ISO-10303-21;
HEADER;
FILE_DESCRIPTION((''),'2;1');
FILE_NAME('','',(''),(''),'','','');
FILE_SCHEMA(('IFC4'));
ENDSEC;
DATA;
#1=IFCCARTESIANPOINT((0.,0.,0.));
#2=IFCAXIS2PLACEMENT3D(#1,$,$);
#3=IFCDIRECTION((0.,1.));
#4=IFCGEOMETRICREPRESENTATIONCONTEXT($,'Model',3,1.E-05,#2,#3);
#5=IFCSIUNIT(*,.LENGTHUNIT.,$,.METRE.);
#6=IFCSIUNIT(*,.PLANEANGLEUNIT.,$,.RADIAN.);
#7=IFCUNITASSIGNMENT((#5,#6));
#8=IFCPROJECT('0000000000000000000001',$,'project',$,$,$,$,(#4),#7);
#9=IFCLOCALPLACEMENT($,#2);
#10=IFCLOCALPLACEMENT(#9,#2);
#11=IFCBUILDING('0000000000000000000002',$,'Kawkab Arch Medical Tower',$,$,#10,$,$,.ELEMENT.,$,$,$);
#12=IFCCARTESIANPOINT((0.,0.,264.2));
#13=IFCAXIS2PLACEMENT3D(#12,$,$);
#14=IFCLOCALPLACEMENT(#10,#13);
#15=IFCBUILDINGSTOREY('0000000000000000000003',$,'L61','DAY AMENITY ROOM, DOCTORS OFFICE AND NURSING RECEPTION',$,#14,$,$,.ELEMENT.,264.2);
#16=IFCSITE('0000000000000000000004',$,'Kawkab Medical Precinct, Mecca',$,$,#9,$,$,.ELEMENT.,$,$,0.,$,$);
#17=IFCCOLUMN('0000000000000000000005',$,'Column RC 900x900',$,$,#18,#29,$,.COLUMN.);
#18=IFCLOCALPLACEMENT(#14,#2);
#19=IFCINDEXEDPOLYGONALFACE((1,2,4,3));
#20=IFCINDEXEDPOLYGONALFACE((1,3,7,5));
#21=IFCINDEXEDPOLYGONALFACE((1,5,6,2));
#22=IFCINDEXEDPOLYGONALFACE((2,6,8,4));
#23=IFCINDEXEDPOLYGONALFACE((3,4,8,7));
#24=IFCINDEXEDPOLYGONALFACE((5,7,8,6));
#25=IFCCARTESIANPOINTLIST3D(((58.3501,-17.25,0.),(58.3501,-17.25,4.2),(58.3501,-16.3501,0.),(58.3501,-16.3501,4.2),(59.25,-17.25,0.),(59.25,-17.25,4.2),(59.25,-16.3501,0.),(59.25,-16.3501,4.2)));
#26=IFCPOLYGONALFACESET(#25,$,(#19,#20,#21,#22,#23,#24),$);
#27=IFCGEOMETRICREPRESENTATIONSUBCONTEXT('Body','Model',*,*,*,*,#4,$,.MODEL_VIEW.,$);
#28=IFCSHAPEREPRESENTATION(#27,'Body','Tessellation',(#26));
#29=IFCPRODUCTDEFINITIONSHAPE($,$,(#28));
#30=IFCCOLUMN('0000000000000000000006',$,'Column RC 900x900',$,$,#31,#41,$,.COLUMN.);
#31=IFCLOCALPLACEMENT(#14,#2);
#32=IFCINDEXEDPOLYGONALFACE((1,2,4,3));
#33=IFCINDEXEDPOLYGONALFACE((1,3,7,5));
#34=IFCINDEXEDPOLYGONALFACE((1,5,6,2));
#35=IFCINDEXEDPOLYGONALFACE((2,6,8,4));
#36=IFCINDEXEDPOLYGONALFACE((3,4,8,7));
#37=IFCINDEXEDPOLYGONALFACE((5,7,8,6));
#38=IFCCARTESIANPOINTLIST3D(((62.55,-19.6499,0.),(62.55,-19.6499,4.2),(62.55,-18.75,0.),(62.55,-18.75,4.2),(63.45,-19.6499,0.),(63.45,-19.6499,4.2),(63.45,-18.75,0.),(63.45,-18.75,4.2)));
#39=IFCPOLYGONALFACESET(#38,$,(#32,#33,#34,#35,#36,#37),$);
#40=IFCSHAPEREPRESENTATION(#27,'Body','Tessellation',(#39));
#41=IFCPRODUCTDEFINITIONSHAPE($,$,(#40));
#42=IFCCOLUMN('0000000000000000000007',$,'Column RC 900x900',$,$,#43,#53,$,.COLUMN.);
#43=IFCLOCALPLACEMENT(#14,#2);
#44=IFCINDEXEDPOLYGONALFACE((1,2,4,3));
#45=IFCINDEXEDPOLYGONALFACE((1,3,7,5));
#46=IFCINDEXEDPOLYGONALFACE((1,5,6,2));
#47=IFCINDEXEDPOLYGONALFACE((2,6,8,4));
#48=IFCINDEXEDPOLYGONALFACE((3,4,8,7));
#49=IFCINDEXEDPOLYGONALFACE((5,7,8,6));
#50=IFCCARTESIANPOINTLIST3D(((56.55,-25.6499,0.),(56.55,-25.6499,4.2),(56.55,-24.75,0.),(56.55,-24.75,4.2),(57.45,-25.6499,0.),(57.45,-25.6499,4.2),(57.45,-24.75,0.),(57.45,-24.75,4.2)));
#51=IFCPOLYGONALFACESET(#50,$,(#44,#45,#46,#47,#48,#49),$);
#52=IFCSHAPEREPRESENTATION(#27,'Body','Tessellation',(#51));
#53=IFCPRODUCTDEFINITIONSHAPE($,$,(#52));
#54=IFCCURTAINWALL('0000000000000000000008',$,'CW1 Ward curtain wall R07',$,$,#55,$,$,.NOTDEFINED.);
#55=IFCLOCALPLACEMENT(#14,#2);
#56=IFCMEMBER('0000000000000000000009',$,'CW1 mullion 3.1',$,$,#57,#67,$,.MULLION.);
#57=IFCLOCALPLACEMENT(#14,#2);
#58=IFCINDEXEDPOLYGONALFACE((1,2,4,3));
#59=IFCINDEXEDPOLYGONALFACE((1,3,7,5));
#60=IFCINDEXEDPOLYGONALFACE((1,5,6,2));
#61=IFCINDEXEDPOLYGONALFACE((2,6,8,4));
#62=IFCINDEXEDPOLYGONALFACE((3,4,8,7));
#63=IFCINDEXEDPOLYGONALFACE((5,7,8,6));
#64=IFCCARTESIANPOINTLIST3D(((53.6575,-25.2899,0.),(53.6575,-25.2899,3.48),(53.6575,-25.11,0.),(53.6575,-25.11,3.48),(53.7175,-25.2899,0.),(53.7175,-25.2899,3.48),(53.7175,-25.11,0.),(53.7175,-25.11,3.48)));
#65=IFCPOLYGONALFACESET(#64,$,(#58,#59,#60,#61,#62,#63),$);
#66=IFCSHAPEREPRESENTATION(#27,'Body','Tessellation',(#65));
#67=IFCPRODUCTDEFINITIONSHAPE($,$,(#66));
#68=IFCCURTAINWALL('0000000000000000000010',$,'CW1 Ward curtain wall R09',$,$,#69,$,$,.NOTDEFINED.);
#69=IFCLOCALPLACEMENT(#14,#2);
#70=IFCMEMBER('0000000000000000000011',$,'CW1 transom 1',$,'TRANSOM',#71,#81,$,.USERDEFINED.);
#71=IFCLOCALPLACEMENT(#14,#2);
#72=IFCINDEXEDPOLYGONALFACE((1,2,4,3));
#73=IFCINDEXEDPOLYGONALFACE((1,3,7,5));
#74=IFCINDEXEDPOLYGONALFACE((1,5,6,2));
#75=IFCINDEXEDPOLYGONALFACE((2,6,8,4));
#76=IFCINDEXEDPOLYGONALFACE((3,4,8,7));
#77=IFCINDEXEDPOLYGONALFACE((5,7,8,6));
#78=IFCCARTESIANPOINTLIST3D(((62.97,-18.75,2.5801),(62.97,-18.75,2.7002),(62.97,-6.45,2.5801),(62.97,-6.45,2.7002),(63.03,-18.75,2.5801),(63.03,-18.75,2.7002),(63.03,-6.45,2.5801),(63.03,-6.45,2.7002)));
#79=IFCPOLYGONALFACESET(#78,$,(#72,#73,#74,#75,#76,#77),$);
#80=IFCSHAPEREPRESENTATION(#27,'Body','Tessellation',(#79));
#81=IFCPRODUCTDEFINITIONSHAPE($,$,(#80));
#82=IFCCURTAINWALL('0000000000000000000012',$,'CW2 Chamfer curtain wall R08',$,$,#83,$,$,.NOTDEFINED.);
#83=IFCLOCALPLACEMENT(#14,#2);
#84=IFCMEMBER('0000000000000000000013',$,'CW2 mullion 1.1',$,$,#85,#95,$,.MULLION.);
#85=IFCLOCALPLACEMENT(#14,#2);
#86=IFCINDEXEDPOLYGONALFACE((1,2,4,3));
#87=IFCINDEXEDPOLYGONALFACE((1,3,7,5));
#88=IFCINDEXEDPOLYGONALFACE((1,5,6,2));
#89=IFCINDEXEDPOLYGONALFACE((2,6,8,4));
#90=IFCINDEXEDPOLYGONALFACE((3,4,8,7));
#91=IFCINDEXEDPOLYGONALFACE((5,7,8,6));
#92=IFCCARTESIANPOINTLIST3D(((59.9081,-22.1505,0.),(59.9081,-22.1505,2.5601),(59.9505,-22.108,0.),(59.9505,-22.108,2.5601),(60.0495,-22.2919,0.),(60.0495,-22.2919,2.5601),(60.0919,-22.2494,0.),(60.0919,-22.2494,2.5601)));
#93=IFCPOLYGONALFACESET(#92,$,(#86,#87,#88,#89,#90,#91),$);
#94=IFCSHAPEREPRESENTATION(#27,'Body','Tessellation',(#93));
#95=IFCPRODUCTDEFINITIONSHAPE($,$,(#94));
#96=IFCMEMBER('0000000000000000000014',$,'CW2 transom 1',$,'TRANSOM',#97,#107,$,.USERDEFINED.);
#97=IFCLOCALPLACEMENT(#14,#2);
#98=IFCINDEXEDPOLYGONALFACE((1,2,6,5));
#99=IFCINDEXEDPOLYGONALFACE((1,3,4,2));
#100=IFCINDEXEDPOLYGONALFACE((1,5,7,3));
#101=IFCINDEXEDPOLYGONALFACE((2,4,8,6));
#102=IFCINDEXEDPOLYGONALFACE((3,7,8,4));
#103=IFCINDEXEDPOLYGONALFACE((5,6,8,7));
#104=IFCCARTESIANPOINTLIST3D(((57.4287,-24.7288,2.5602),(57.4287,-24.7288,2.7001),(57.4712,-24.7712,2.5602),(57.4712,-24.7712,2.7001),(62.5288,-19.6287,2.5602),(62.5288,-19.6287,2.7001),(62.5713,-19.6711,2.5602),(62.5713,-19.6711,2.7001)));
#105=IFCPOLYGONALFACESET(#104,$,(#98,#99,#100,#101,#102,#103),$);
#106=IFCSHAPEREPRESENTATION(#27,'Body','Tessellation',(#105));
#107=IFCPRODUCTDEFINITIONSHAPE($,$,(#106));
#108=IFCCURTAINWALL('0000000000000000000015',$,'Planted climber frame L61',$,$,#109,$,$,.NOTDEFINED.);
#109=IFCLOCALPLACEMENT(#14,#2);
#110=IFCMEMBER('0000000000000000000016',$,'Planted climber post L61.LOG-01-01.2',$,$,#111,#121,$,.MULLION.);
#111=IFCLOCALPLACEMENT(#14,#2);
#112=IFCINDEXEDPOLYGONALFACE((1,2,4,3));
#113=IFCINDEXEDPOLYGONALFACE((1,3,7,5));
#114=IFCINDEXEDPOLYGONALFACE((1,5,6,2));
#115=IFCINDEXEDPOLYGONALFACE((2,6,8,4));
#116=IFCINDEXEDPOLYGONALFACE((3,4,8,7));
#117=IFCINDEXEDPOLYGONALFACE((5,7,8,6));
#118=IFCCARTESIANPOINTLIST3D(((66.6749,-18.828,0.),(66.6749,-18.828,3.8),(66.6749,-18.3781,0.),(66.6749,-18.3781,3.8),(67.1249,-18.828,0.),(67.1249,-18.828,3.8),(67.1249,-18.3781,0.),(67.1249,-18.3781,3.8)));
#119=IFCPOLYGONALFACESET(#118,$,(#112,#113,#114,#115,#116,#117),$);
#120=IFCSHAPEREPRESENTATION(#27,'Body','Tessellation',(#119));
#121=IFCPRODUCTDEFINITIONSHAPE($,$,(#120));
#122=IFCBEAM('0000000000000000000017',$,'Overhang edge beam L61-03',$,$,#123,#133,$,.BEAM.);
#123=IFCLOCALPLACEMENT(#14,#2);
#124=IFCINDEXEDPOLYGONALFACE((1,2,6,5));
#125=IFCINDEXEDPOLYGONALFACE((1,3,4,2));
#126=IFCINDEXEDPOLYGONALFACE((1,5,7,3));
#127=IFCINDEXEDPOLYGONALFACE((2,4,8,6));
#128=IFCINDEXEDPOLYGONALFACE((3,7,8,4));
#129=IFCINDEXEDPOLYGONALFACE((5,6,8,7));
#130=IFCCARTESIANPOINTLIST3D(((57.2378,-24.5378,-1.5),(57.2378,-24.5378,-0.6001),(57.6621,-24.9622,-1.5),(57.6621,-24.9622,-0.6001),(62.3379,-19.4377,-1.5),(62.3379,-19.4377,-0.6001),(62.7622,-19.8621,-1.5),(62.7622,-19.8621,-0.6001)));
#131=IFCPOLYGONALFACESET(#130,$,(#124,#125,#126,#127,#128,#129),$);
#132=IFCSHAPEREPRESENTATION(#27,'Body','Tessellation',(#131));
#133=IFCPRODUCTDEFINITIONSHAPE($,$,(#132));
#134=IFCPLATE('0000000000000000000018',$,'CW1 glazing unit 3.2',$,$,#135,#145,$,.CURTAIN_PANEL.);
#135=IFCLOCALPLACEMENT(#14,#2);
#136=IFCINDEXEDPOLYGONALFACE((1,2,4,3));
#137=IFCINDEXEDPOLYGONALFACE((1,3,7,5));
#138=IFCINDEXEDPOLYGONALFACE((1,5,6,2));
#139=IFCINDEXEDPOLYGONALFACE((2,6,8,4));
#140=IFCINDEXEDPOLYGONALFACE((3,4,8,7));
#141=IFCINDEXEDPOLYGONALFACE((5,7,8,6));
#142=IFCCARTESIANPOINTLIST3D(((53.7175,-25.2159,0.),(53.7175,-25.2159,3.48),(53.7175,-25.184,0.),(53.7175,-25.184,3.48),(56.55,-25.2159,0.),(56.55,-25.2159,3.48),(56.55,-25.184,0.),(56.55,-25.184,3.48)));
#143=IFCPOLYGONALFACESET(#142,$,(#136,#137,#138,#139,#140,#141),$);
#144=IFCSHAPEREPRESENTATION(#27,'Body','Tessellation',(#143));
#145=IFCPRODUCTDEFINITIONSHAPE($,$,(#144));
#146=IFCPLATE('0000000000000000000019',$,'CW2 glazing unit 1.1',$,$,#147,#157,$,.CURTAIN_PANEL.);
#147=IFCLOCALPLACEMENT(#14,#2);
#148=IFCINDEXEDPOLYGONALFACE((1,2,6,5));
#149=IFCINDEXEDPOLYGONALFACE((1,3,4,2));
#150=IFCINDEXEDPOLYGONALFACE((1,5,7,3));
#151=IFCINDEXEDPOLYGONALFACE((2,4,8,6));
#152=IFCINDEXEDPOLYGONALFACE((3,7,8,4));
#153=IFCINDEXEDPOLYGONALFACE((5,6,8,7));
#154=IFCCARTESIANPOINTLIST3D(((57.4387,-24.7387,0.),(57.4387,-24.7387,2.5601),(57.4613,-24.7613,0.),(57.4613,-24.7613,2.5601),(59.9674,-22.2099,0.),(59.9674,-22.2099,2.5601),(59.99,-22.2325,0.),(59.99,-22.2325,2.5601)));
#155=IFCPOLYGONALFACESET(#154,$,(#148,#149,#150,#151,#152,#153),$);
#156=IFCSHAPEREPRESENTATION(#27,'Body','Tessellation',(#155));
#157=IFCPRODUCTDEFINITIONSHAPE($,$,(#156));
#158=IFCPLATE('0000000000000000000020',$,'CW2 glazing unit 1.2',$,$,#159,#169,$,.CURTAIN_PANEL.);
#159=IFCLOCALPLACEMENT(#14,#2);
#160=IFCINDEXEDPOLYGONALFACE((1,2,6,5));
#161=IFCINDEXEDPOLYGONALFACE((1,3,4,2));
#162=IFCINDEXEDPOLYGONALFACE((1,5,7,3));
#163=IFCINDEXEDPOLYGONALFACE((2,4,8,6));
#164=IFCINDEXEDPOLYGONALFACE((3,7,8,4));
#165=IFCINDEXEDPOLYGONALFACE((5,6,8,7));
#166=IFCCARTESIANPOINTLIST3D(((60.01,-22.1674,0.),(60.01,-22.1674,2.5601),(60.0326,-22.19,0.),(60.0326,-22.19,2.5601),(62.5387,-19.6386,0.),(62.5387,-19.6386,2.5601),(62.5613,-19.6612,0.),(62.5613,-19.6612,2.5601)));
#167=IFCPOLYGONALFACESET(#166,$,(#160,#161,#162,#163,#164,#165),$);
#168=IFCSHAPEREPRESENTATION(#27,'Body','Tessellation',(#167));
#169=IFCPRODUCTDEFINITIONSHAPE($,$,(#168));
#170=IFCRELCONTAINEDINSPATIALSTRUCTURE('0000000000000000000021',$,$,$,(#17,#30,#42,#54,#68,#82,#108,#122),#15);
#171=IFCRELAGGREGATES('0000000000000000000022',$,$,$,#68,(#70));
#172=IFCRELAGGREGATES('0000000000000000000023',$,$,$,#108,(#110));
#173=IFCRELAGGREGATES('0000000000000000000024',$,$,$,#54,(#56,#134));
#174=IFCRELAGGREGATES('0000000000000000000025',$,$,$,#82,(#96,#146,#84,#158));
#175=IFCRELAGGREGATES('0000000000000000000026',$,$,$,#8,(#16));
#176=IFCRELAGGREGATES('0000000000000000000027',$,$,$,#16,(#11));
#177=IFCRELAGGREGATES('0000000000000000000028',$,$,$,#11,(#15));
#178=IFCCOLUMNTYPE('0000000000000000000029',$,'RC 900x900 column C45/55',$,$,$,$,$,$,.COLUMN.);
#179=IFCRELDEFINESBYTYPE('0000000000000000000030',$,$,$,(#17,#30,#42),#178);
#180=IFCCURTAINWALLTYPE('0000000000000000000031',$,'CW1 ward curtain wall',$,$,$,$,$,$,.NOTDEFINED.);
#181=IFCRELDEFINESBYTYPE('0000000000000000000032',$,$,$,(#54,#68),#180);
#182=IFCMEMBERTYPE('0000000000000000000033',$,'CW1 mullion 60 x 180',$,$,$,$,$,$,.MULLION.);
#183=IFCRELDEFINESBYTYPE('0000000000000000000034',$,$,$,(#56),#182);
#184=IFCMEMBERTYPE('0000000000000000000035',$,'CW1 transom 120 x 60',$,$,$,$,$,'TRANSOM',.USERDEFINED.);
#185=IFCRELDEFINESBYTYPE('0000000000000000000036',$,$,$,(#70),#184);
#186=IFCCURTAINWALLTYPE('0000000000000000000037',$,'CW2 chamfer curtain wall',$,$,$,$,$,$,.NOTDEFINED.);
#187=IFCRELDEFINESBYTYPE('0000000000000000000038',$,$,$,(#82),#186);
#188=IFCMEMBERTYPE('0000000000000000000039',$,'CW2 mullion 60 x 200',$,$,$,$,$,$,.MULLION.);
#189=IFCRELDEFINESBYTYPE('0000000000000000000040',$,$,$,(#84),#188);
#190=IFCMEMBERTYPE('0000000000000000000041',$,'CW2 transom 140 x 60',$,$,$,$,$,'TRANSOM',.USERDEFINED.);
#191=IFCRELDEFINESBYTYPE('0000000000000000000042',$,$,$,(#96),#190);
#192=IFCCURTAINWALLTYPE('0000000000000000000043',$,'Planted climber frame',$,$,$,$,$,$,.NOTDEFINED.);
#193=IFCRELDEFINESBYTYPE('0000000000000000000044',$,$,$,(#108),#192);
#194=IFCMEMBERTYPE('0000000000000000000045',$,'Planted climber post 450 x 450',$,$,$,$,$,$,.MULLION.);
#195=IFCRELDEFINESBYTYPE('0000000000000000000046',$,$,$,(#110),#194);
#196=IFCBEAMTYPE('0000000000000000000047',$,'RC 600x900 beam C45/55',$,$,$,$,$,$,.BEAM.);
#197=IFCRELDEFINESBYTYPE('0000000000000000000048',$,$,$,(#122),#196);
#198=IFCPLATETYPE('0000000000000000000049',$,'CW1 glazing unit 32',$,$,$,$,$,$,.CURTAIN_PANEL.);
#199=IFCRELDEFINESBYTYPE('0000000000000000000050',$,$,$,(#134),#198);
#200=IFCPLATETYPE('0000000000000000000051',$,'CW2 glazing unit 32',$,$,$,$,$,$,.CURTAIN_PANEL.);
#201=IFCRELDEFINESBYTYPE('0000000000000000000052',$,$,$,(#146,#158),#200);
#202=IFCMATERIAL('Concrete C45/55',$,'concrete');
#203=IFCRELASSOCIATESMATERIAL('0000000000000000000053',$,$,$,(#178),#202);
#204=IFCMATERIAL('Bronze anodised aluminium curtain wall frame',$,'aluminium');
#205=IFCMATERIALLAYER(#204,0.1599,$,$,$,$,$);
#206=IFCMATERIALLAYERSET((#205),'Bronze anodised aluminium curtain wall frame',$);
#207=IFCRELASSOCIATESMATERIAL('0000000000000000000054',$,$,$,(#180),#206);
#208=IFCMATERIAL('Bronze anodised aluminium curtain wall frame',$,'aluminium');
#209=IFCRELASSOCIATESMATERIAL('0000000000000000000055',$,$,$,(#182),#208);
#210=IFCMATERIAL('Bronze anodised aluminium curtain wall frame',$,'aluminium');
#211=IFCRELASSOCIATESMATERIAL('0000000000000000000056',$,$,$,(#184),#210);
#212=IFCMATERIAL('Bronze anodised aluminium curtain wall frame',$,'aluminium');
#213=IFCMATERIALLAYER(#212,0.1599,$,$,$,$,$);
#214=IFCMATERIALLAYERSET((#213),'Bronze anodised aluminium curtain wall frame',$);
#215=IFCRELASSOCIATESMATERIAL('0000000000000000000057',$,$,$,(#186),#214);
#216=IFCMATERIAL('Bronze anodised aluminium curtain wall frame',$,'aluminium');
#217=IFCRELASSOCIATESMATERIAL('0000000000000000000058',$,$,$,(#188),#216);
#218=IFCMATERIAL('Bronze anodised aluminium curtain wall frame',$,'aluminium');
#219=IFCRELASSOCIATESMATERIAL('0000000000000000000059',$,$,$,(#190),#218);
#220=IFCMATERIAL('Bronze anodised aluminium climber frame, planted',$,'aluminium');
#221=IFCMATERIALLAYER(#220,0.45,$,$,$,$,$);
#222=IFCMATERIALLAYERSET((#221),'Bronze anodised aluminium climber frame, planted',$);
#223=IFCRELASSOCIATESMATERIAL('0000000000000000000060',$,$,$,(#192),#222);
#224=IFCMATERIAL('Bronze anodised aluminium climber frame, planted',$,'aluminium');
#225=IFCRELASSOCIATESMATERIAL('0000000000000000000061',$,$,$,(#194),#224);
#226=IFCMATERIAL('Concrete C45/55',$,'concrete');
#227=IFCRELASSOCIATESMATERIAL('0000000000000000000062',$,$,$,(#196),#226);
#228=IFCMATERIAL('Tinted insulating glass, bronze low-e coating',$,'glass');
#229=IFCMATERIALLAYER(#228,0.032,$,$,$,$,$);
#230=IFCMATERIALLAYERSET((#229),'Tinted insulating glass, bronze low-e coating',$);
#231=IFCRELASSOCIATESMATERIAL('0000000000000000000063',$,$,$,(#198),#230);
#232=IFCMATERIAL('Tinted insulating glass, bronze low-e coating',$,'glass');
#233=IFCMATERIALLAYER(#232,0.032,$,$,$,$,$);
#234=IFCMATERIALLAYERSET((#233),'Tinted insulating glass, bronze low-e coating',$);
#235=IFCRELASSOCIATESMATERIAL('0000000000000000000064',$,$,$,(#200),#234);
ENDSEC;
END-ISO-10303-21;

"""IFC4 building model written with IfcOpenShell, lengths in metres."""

from ifc_helpers import new_model, si_unit, direction, frame, origin, origin_2d, place, context, subcontext, project, spatial, rectangle, extrude, material, layer, layer_set, material_profile, profile_set, type_object, element, aggregate, save


model = new_model("IFC4")

# Units and contexts
model_context = context("Model", 3, precision=1e-05, world=origin(), true_north=direction((0.0, 1.0)))
body_context = subcontext(model_context, "Body", "Model", "MODEL_VIEW")
ifc_project = project(units=[si_unit("LENGTHUNIT", "METRE"), si_unit("PLANEANGLEUNIT", "RADIAN")], contexts=[model_context])

# Site, building, storey
site_placement = place(None, origin())
site = spatial("IfcSite", under=ifc_project, at=site_placement, Name="Kawkab Medical Precinct, Mecca", CompositionType="ELEMENT", RefElevation=0.0)
building_placement = place(site_placement, origin())
building = spatial("IfcBuilding", under=site, at=building_placement, Name="Kawkab Arch Medical Tower", CompositionType="ELEMENT")
storey_placement = place(building_placement, frame((0.0, 0.0, 264.2)))
storey = spatial("IfcBuildingStorey", under=building, at=storey_placement, Name="L61", Description="DAY AMENITY ROOM, DOCTORS OFFICE AND NURSING RECEPTION", CompositionType="ELEMENT", Elevation=264.2)

# Columns
ifc_material_1 = material(Name="Concrete C45/55", Category="concrete")
ifc_material_profile_1 = material_profile(ifc_material_1, rectangle(XDim=0.8999, YDim=0.8999, at=origin_2d()), Name="RC 900x900")
ifc_profile_set_1 = profile_set([ifc_material_profile_1], Name="Concrete C45/55")
column_type = type_object("IfcColumnType", Name="RC 900x900 column C45/55", PredefinedType="COLUMN", material=ifc_profile_set_1)
for number, where, z_axis, x_axis, name in (
    (1, (58.8, -16.8, 0.0), (0.0, 0.0, 1.0), (1.0, 0.0, 0.0), "Column RC 900x900"),
    (2, (63.0, -19.2, 0.0), (0.0, 0.0, 1.0), (1.0, 0.0, 0.0), "Column RC 900x900"),
    (3, (57.0, -25.2, 0.0), (0.0, 0.0, 1.0), (1.0, 0.0, 0.0), "Column RC 900x900"),
):
    element("IfcColumn", number, at=place(storey_placement, frame(where, z_axis=z_axis, x_axis=x_axis)), inside=storey, type_object=column_type, Name=name, PredefinedType="COLUMN", context=body_context, shape_type="SweptSolid", body=[
        extrude(rectangle(XDim=0.8999, YDim=0.8999, at=origin_2d()), origin(), (0.0, 0.0, 1.0), 4.2),
    ])

# Curtain walls, members
ifc_material_2 = material(Name="Bronze anodised aluminium curtain wall frame", Category="aluminium")
ifc_layer_1 = layer(ifc_material_2, 0.1599)
ifc_layer_set_1 = layer_set([ifc_layer_1], Name="Bronze anodised aluminium curtain wall frame")
curtain_wall_type_1 = type_object("IfcCurtainWallType", Name="CW1 ward curtain wall", PredefinedType="NOTDEFINED", material=ifc_layer_set_1)
placement = place(storey_placement, origin())
curtain_wall_1 = element("IfcCurtainWall", 4, at=placement, inside=storey, type_object=curtain_wall_type_1, Name="CW1 Ward curtain wall R07", PredefinedType="NOTDEFINED")
ifc_material_3 = material(Name="Bronze anodised aluminium curtain wall frame", Category="aluminium")
ifc_material_profile_2 = material_profile(ifc_material_3, rectangle(XDim=0.1799, YDim=0.0601, at=origin_2d()), Name="AL 60x180")
ifc_profile_set_2 = profile_set([ifc_material_profile_2], Name="Bronze anodised aluminium curtain wall frame")
member_type_1 = type_object("IfcMemberType", Name="CW1 mullion 60 x 180", PredefinedType="MULLION", material=ifc_profile_set_2)
member_1_placement = place(storey_placement, frame((53.6875, -25.2, 0.0), z_axis=(0.0, 0.0, 1.0), x_axis=(0.0, 1.0, 0.0)))
member_1 = element("IfcMember", 5, at=member_1_placement, type_object=member_type_1, Name="CW1 mullion 3.1", PredefinedType="MULLION", context=body_context, shape_type="SweptSolid", body=[
    extrude(rectangle(XDim=0.1799, YDim=0.0601, at=origin_2d()), origin(), (0.0, 0.0, 1.0), 3.48),
])
curtain_wall_2 = element("IfcCurtainWall", 6, at=placement, inside=storey, type_object=curtain_wall_type_1, Name="CW1 Ward curtain wall R09", PredefinedType="NOTDEFINED")
ifc_material_4 = material(Name="Bronze anodised aluminium curtain wall frame", Category="aluminium")
ifc_material_profile_3 = material_profile(ifc_material_4, rectangle(XDim=0.0601, YDim=0.1201, at=origin_2d()), Name="AL 60x120")
ifc_profile_set_3 = profile_set([ifc_material_profile_3], Name="Bronze anodised aluminium curtain wall frame")
member_type_2 = type_object("IfcMemberType", Name="CW1 transom 120 x 60", ElementType="TRANSOM", PredefinedType="USERDEFINED", material=ifc_profile_set_3)
member_2_placement = place(storey_placement, frame((63.0, -18.75, 2.6401), z_axis=(0.0, 1.0, 0.0), x_axis=(-1.0, 0.0, 0.0)))
member_2 = element("IfcMember", 7, at=member_2_placement, type_object=member_type_2, Name="CW1 transom 1", ObjectType="TRANSOM", PredefinedType="USERDEFINED", context=body_context, shape_type="SweptSolid", body=[
    extrude(rectangle(XDim=0.0601, YDim=0.1201, at=origin_2d()), origin(), (0.0, 0.0, 1.0), 12.3),
])
aggregate(curtain_wall_2, [member_2])

# Curtain wall, members
ifc_material_5 = material(Name="Bronze anodised aluminium curtain wall frame", Category="aluminium")
ifc_layer_2 = layer(ifc_material_5, 0.1599)
ifc_layer_set_2 = layer_set([ifc_layer_2], Name="Bronze anodised aluminium curtain wall frame")
curtain_wall_type_2 = type_object("IfcCurtainWallType", Name="CW2 chamfer curtain wall", PredefinedType="NOTDEFINED", material=ifc_layer_set_2)
curtain_wall_3 = element("IfcCurtainWall", 8, at=placement, inside=storey, type_object=curtain_wall_type_2, Name="CW2 Chamfer curtain wall R08", PredefinedType="NOTDEFINED")
ifc_material_6 = material(Name="Bronze anodised aluminium curtain wall frame", Category="aluminium")
ifc_material_profile_4 = material_profile(ifc_material_6, rectangle(XDim=0.2, YDim=0.0601, at=origin_2d()), Name="AL 60x200")
ifc_profile_set_4 = profile_set([ifc_material_profile_4], Name="Bronze anodised aluminium curtain wall frame")
member_type_3 = type_object("IfcMemberType", Name="CW2 mullion 60 x 200", PredefinedType="MULLION", material=ifc_profile_set_4)
member_3_placement = place(storey_placement, frame((60.0, -22.2, 0.0), z_axis=(0.0, 0.0, 1.0), x_axis=(-0.707107, 0.707107, 0.0)))
member_3 = element("IfcMember", 9, at=member_3_placement, type_object=member_type_3, Name="CW2 mullion 1.1", PredefinedType="MULLION", context=body_context, shape_type="SweptSolid", body=[
    extrude(rectangle(XDim=0.2, YDim=0.0601, at=origin_2d()), origin(), (0.0, 0.0, 1.0), 2.5601),
])
ifc_material_7 = material(Name="Bronze anodised aluminium curtain wall frame", Category="aluminium")
ifc_material_profile_5 = material_profile(ifc_material_7, rectangle(XDim=0.0601, YDim=0.1399, at=origin_2d()), Name="AL 60x140")
ifc_profile_set_5 = profile_set([ifc_material_profile_5], Name="Bronze anodised aluminium curtain wall frame")
member_type_4 = type_object("IfcMemberType", Name="CW2 transom 140 x 60", ElementType="TRANSOM", PredefinedType="USERDEFINED", material=ifc_profile_set_5)
member_4_placement = place(storey_placement, frame((57.45, -24.75, 2.6301), z_axis=(0.707107, 0.707107, 0.0), x_axis=(-0.707107, 0.707107, 0.0)))
member_4 = element("IfcMember", 10, at=member_4_placement, type_object=member_type_4, Name="CW2 transom 1", ObjectType="TRANSOM", PredefinedType="USERDEFINED", context=body_context, shape_type="SweptSolid", body=[
    extrude(rectangle(XDim=0.0601, YDim=0.1399, at=origin_2d()), origin(), (0.0, 0.0, 1.0), 7.2126),
])

# Curtain wall, member
ifc_material_8 = material(Name="Bronze anodised aluminium climber frame, planted", Category="aluminium")
ifc_layer_3 = layer(ifc_material_8, 0.45)
ifc_layer_set_3 = layer_set([ifc_layer_3], Name="Bronze anodised aluminium climber frame, planted")
curtain_wall_type_3 = type_object("IfcCurtainWallType", Name="Planted climber frame", PredefinedType="NOTDEFINED", material=ifc_layer_set_3)
curtain_wall_4 = element("IfcCurtainWall", 11, at=placement, inside=storey, type_object=curtain_wall_type_3, Name="Planted climber frame L61", PredefinedType="NOTDEFINED")
ifc_material_9 = material(Name="Bronze anodised aluminium climber frame, planted", Category="aluminium")
ifc_material_profile_6 = material_profile(ifc_material_9, rectangle(XDim=0.45, YDim=0.45, at=origin_2d()), Name="Post 450x450")
ifc_profile_set_6 = profile_set([ifc_material_profile_6], Name="Bronze anodised aluminium climber frame, planted")
member_type_5 = type_object("IfcMemberType", Name="Planted climber post 450 x 450", PredefinedType="MULLION", material=ifc_profile_set_6)
member_5_placement = place(storey_placement, frame((66.8999, -18.603, 0.0), z_axis=(0.0, 0.0, 1.0), x_axis=(1.0, 0.0, 0.0)))
member_5 = element("IfcMember", 12, at=member_5_placement, type_object=member_type_5, Name="Planted climber post L61.LOG-01-01.2", PredefinedType="MULLION", context=body_context, shape_type="SweptSolid", body=[
    extrude(rectangle(XDim=0.45, YDim=0.45, at=origin_2d()), origin(), (0.0, 0.0, 1.0), 3.8),
])
aggregate(curtain_wall_4, [member_5])

# Beam
ifc_material_10 = material(Name="Concrete C45/55", Category="concrete")
ifc_material_profile_7 = material_profile(ifc_material_10, rectangle(XDim=0.6001, YDim=0.8999, at=origin_2d()), Name="RC 600x900")
ifc_profile_set_7 = profile_set([ifc_material_profile_7], Name="Concrete C45/55")
beam_type = type_object("IfcBeamType", Name="RC 600x900 beam C45/55", PredefinedType="BEAM", material=ifc_profile_set_7)
beam_placement = place(storey_placement, frame((62.55, -19.6499, -1.05), z_axis=(-0.707107, -0.707107, 0.0), x_axis=(0.707107, -0.707107, 0.0)))
element("IfcBeam", 13, at=beam_placement, inside=storey, type_object=beam_type, Name="Overhang edge beam L61-03", PredefinedType="BEAM", context=body_context, shape_type="SweptSolid", body=[
    extrude(rectangle(XDim=0.6001, YDim=0.8999, at=origin_2d()), origin(), (0.0, 0.0, 1.0), 7.2126),
])

# Plates
ifc_material_11 = material(Name="Tinted insulating glass, bronze low-e coating", Category="glass")
ifc_layer_4 = layer(ifc_material_11, 0.032)
ifc_layer_set_4 = layer_set([ifc_layer_4], Name="Tinted insulating glass, bronze low-e coating")
plate_type_1 = type_object("IfcPlateType", Name="CW1 glazing unit 32", PredefinedType="CURTAIN_PANEL", material=ifc_layer_set_4)
plate_1_placement = place(storey_placement, frame((55.1338, -25.2, 0.0), z_axis=(0.0, 0.0, 1.0), x_axis=(1.0, 0.0, 0.0)))
plate_1 = element("IfcPlate", 14, at=plate_1_placement, type_object=plate_type_1, Name="CW1 glazing unit 3.2", PredefinedType="CURTAIN_PANEL", context=body_context, shape_type="SweptSolid", body=[
    extrude(rectangle(XDim=2.8325, YDim=0.032, at=origin_2d()), origin(), (0.0, 0.0, 1.0), 3.48),
])
aggregate(curtain_wall_1, [member_1, plate_1])
ifc_material_12 = material(Name="Tinted insulating glass, bronze low-e coating", Category="glass")
ifc_layer_5 = layer(ifc_material_12, 0.032)
ifc_layer_set_5 = layer_set([ifc_layer_5], Name="Tinted insulating glass, bronze low-e coating")
plate_type_2 = type_object("IfcPlateType", Name="CW2 glazing unit 32", PredefinedType="CURTAIN_PANEL", material=ifc_layer_set_5)
plate_2_placement = place(storey_placement, frame((58.7144, -23.4856, 0.0), z_axis=(0.0, 0.0, 1.0), x_axis=(0.707107, 0.707107, 0.0)))
plate_2 = element("IfcPlate", 15, at=plate_2_placement, type_object=plate_type_2, Name="CW2 glazing unit 1.1", PredefinedType="CURTAIN_PANEL", context=body_context, shape_type="SweptSolid", body=[
    extrude(rectangle(XDim=3.5762, YDim=0.032, at=origin_2d()), origin(), (0.0, 0.0, 1.0), 2.5601),
])
plate_3_placement = place(storey_placement, frame((61.2856, -20.9143, 0.0), z_axis=(0.0, 0.0, 1.0), x_axis=(0.707107, 0.707107, 0.0)))
plate_3 = element("IfcPlate", 16, at=plate_3_placement, type_object=plate_type_2, Name="CW2 glazing unit 1.2", PredefinedType="CURTAIN_PANEL", context=body_context, shape_type="SweptSolid", body=[
    extrude(rectangle(XDim=3.5762, YDim=0.032, at=origin_2d()), origin(), (0.0, 0.0, 1.0), 2.5601),
])
aggregate(curtain_wall_3, [member_4, plate_2, member_3, plate_3])

save(model, "model.ifc")
